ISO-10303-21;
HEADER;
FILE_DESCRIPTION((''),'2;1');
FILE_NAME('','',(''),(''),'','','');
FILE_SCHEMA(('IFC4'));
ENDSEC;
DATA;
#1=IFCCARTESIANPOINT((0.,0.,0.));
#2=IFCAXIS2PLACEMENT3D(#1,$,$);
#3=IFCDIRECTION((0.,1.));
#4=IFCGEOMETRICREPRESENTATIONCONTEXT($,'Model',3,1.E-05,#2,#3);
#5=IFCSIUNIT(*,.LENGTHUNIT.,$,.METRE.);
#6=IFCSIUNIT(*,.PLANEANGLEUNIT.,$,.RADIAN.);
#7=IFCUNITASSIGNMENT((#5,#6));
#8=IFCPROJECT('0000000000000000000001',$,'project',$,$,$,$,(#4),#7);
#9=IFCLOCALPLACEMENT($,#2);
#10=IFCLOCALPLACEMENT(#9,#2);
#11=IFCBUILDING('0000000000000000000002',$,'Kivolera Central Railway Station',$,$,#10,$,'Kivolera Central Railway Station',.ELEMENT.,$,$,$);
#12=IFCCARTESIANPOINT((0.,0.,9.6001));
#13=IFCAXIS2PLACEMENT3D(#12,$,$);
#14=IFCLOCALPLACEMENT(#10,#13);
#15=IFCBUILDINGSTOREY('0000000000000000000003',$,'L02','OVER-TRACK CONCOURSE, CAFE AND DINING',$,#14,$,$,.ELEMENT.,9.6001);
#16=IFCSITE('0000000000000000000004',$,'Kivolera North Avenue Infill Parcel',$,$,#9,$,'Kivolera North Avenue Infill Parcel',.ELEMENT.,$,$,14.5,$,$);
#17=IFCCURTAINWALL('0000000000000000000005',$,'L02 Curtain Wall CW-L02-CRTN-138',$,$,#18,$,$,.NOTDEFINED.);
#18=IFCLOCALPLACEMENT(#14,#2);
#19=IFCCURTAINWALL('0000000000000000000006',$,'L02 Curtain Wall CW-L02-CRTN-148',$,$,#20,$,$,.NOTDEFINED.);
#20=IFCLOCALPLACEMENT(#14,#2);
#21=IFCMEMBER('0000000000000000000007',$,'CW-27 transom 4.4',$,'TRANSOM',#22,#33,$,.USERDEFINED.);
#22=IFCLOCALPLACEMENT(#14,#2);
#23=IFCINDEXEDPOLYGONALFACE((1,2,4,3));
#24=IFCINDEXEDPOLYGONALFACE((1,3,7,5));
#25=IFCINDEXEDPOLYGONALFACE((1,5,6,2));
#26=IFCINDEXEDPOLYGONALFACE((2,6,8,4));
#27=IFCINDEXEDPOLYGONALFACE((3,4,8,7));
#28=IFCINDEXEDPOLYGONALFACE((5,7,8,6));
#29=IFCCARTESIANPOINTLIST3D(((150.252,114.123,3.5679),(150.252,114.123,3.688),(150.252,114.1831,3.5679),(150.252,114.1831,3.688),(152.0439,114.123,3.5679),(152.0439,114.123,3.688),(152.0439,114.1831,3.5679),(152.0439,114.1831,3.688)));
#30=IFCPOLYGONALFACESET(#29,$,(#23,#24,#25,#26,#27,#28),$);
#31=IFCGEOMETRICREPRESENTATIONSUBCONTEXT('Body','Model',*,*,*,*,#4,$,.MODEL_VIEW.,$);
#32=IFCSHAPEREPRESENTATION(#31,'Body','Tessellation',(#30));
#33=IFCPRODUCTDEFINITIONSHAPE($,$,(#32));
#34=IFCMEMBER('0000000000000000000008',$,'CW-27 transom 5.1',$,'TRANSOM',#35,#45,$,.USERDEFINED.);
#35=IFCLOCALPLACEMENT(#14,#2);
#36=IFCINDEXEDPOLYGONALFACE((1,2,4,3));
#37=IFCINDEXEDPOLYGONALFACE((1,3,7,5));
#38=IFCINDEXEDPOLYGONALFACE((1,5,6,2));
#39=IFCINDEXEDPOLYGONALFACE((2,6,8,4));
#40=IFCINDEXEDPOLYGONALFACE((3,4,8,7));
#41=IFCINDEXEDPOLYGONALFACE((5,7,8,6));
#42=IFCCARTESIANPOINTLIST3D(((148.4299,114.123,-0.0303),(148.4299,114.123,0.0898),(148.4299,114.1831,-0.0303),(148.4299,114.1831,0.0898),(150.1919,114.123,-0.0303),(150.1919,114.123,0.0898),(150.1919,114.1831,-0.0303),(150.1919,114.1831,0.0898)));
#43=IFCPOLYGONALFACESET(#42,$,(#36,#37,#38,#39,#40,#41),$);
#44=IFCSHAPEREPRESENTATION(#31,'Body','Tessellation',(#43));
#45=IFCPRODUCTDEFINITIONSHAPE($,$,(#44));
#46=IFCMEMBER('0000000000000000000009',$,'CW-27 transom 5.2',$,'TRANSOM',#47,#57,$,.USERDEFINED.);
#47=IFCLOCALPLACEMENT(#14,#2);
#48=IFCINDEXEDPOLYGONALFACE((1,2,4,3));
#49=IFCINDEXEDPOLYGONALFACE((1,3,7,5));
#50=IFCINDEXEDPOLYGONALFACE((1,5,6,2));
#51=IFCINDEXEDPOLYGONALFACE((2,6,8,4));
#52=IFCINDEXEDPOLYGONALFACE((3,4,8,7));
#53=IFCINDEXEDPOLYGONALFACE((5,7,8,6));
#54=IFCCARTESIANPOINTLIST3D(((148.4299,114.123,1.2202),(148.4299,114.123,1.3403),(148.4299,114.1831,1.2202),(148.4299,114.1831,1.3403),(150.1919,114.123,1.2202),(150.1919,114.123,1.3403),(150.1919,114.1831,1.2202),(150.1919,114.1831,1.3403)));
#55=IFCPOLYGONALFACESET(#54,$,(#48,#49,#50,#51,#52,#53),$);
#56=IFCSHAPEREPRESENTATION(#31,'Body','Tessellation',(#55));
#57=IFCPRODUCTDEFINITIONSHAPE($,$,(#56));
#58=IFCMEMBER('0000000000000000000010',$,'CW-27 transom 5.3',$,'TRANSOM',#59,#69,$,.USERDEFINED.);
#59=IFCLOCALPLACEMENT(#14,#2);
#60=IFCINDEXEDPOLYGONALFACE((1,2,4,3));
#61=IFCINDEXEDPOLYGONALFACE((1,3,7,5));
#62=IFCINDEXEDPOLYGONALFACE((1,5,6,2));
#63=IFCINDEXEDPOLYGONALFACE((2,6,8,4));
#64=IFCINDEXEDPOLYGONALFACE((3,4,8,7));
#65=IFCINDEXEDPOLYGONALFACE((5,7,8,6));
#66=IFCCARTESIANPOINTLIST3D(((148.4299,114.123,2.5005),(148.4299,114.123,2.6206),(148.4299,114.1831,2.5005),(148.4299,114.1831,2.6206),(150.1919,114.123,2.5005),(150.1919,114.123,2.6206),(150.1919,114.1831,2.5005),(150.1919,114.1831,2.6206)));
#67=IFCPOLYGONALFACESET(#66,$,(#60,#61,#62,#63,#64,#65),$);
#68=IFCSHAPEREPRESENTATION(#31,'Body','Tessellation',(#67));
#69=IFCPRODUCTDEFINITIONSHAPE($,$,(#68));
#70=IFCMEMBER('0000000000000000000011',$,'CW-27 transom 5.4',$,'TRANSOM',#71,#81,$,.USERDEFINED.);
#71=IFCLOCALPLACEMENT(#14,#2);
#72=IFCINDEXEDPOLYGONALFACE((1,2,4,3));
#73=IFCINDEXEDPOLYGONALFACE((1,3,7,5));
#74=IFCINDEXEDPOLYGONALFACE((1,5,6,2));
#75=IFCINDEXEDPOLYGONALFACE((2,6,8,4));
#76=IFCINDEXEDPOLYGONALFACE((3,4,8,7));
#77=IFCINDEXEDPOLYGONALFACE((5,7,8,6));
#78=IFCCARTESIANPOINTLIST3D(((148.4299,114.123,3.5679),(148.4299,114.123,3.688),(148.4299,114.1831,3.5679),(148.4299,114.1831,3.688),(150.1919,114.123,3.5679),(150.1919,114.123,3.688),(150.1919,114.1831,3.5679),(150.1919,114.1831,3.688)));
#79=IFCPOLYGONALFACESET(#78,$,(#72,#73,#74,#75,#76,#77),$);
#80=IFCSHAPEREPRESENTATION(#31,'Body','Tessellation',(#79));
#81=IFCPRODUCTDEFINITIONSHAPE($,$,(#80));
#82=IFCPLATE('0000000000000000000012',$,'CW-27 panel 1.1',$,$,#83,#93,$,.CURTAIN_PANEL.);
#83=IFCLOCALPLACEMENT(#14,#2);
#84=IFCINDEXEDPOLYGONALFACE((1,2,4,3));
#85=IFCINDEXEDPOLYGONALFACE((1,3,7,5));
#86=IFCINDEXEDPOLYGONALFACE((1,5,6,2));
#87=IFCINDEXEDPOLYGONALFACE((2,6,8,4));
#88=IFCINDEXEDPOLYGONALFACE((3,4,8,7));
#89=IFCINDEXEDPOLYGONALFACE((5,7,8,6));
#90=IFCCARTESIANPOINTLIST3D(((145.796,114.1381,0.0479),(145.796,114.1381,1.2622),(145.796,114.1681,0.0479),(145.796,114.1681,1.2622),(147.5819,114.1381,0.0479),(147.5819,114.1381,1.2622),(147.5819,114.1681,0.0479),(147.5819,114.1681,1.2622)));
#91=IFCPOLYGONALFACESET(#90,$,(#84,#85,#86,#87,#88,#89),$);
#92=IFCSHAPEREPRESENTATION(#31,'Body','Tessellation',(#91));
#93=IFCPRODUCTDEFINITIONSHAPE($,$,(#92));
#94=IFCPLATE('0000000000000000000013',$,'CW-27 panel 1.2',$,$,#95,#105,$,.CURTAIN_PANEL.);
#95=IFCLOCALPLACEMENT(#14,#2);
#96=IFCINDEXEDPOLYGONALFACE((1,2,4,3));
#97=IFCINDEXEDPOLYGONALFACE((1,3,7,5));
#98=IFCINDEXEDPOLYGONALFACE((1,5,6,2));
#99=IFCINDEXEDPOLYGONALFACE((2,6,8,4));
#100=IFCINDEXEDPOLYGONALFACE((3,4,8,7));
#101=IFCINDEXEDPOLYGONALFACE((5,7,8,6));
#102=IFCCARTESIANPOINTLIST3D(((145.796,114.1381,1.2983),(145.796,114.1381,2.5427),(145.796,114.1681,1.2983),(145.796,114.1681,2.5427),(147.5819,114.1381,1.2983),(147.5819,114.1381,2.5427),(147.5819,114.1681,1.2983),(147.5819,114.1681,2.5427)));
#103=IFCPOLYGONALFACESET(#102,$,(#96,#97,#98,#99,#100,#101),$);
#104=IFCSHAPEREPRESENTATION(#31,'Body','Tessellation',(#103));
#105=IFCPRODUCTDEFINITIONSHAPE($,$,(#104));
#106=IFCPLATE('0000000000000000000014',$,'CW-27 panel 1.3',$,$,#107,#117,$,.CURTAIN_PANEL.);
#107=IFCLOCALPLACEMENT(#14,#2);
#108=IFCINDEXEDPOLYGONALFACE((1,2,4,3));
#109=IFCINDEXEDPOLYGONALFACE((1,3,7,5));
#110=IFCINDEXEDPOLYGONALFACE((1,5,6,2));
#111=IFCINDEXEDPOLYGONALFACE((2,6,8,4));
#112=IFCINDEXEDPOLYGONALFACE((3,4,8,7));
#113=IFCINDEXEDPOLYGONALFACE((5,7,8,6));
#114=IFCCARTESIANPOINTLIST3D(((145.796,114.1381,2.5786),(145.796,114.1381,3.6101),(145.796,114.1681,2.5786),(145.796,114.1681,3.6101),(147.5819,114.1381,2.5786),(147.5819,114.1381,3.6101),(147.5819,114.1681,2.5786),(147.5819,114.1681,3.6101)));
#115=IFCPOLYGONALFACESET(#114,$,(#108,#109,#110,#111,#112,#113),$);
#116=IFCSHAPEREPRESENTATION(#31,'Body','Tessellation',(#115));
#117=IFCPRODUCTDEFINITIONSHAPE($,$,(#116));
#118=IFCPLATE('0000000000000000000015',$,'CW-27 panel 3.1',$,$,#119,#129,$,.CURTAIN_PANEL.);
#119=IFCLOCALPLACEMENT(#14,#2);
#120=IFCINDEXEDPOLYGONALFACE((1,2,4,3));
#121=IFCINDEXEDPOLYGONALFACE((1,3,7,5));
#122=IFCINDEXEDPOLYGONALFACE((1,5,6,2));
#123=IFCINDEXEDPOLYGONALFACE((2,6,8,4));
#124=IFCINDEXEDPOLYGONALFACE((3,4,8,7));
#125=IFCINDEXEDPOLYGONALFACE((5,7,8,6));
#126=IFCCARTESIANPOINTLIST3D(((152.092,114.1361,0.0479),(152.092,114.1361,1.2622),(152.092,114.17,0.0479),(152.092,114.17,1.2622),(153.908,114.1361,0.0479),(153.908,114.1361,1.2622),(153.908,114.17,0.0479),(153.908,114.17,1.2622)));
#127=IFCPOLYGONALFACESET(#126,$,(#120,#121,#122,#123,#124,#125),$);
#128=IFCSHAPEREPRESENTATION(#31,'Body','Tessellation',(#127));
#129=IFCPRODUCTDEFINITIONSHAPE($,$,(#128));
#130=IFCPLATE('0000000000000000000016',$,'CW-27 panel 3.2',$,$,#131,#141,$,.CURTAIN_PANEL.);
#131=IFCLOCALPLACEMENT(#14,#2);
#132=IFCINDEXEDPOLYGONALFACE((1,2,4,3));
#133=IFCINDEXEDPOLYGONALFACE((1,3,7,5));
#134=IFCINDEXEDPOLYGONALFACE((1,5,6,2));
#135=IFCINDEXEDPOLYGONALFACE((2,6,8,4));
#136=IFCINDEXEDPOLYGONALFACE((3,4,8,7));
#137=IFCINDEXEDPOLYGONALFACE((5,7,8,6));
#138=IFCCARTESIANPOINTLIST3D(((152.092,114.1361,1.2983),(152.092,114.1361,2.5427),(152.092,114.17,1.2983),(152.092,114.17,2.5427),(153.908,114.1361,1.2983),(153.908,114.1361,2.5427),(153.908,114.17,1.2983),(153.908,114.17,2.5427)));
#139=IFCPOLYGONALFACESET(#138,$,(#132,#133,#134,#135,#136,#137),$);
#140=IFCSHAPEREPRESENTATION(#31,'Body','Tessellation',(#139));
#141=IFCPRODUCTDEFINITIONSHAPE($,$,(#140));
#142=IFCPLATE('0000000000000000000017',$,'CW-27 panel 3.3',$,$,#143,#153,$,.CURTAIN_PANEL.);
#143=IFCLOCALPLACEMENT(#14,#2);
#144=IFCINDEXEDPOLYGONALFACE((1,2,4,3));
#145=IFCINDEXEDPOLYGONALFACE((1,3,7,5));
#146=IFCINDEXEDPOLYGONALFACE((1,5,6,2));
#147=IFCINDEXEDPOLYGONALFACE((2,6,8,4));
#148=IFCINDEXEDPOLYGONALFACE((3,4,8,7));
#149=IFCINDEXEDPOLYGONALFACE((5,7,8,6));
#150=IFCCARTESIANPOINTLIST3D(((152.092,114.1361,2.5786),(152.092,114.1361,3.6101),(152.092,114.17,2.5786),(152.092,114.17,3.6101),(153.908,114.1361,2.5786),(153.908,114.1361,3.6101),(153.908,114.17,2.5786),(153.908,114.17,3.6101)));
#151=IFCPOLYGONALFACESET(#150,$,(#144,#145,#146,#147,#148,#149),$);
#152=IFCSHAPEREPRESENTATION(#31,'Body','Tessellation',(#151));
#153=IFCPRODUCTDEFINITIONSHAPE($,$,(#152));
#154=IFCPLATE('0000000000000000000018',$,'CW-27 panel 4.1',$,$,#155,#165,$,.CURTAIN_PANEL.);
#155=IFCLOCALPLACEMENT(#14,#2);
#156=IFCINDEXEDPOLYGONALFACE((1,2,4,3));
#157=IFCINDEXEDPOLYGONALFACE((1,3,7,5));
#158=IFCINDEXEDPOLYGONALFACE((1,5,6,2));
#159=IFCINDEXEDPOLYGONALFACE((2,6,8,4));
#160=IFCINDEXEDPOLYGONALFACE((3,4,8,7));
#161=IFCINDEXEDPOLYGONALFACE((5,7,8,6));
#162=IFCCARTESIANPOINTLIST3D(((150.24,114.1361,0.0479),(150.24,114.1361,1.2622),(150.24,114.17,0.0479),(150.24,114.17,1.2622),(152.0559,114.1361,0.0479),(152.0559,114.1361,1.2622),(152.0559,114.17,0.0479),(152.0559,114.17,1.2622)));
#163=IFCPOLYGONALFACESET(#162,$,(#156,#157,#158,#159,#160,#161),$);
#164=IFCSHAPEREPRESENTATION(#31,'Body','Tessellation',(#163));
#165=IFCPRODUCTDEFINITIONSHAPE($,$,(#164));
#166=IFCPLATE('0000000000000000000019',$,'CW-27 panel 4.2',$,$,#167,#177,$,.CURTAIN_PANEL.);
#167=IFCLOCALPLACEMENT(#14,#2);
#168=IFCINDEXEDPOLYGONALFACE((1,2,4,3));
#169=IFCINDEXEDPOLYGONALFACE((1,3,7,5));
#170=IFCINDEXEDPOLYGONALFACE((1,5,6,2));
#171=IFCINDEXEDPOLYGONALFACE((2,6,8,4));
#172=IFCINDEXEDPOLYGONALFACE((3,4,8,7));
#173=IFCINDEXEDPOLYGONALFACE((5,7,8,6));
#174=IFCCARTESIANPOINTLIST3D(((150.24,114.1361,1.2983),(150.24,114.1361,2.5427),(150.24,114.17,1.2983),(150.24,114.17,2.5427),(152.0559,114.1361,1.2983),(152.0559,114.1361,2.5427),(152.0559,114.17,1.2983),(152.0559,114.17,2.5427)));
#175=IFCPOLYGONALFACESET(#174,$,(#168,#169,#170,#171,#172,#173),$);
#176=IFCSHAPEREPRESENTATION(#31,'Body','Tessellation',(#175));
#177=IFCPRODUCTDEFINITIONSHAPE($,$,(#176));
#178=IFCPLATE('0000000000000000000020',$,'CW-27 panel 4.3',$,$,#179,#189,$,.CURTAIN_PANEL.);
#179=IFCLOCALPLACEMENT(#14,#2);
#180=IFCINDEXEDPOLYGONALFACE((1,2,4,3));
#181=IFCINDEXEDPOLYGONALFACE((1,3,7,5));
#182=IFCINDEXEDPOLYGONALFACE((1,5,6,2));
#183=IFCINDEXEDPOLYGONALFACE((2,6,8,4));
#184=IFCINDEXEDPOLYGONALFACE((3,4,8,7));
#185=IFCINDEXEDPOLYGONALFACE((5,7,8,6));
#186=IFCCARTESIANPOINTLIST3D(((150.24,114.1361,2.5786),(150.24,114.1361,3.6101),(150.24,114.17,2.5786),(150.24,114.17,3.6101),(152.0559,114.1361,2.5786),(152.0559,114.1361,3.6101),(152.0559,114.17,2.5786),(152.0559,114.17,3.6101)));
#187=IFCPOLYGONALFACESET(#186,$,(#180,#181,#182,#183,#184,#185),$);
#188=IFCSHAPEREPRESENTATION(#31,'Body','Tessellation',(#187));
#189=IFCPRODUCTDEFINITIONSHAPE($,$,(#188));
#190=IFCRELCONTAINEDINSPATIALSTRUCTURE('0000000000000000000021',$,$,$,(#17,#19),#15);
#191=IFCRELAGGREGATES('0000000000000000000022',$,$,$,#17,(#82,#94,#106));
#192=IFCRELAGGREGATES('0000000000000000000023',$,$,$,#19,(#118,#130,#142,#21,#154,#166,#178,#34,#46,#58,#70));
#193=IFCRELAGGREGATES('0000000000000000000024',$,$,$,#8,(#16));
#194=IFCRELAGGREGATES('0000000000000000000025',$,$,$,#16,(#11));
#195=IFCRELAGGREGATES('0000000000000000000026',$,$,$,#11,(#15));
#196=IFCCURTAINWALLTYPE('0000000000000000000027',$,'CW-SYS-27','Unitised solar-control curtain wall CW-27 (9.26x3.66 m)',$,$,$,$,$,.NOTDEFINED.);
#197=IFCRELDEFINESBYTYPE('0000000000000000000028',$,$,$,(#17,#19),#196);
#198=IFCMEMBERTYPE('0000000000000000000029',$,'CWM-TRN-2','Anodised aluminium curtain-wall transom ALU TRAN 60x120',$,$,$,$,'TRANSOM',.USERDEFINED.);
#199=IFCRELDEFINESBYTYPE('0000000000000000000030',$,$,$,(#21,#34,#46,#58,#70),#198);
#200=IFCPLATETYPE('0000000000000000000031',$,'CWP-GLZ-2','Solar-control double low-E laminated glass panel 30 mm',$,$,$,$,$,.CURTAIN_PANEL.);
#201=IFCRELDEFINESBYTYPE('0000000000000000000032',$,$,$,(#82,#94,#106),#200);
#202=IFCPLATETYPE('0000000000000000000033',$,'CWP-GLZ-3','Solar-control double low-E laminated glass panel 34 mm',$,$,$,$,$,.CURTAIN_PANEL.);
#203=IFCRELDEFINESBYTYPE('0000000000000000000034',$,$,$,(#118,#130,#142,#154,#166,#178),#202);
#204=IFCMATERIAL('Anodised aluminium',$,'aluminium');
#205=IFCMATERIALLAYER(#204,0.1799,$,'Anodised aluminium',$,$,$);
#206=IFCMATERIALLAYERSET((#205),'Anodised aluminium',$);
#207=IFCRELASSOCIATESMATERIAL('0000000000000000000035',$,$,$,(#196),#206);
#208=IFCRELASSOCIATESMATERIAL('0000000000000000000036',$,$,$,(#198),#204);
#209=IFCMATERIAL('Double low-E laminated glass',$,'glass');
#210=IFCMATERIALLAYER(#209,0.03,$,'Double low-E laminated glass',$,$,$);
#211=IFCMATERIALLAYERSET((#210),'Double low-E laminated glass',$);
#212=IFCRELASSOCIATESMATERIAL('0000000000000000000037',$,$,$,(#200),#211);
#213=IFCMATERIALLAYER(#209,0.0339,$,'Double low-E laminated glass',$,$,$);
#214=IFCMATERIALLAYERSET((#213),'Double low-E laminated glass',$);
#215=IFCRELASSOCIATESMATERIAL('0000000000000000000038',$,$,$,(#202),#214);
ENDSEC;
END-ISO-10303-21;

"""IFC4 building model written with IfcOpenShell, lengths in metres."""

from ifc_helpers import new_model, si_unit, direction, frame, origin, origin_2d, place, context, subcontext, project, spatial, rectangle, extrude, material, layer, layer_set, material_profile, profile_set, type_object, element, aggregate, save


model = new_model("IFC4")

# Units and contexts
model_context = context("Model", 3, precision=1e-05, world=origin(), true_north=direction((0.0, 1.0)))
body_context = subcontext(model_context, "Body", "Model", "MODEL_VIEW")
ifc_project = project(units=[si_unit("LENGTHUNIT", "METRE"), si_unit("PLANEANGLEUNIT", "RADIAN")], contexts=[model_context])

# Site, building, storey
site_placement = place(None, origin())
site = spatial("IfcSite", under=ifc_project, at=site_placement, Name="Kivolera North Avenue Infill Parcel", LongName="Kivolera North Avenue Infill Parcel", CompositionType="ELEMENT", RefElevation=14.5)
building_placement = place(site_placement, origin())
building = spatial("IfcBuilding", under=site, at=building_placement, Name="Kivolera Central Railway Station", LongName="Kivolera Central Railway Station", CompositionType="ELEMENT")
storey_placement = place(building_placement, frame((0.0, 0.0, 9.6001)))
storey = spatial("IfcBuildingStorey", under=building, at=storey_placement, Name="L02", Description="OVER-TRACK CONCOURSE, CAFE AND DINING", CompositionType="ELEMENT", Elevation=9.6001)

# Curtain wall
ifc_material_1 = material(Name="Anodised aluminium", Category="aluminium")
ifc_layer_1 = layer(ifc_material_1, 0.1799, Name="Anodised aluminium")
ifc_layer_set_1 = layer_set([ifc_layer_1], Name="Anodised aluminium")
curtain_wall_type = type_object("IfcCurtainWallType", Name="CW-SYS-27", Description="Unitised solar-control curtain wall CW-27 (9.26x3.66 m)", PredefinedType="NOTDEFINED", material=ifc_layer_set_1)
curtain_wall_1_placement = place(storey_placement, origin())
curtain_wall_1 = element("IfcCurtainWall", 1, at=curtain_wall_1_placement, inside=storey, type_object=curtain_wall_type, Name="L02 Curtain Wall CW-L02-CRTN-138", PredefinedType="NOTDEFINED")

# Curtain wall
curtain_wall_2_placement = place(storey_placement, origin())
curtain_wall_2 = element("IfcCurtainWall", 2, at=curtain_wall_2_placement, inside=storey, type_object=curtain_wall_type, Name="L02 Curtain Wall CW-L02-CRTN-148", PredefinedType="NOTDEFINED")

# Members
ifc_material_profile_1 = material_profile(ifc_material_1, rectangle(XDim=0.0601, YDim=0.1201, at=origin_2d()), Name="ALU TRAN 60x120")
ifc_profile_set_1 = profile_set([ifc_material_profile_1], Name="Anodised aluminium")
member_type_1 = type_object("IfcMemberType", Name="CWM-TRN-2", Description="Anodised aluminium curtain-wall transom ALU TRAN 60x120", ElementType="TRANSOM", PredefinedType="USERDEFINED", material=ifc_profile_set_1)
member_1_placement = place(storey_placement, frame((152.0439, 114.1531, 3.6279), z_axis=(-1.0, 0.0, 0.0), x_axis=(0.0, -1.0, 0.0)))
member_1 = element("IfcMember", 3, at=member_1_placement, type_object=member_type_1, Name="CW-27 transom 4.4", ObjectType="TRANSOM", PredefinedType="USERDEFINED", context=body_context, shape_type="SweptSolid", body=[
    extrude(rectangle(XDim=0.0601, YDim=0.1201, at=origin_2d()), origin(), (0.0, 0.0, 1.0), 1.792),
])
member_2_placement = place(storey_placement, frame((150.1919, 114.1531, 0.0298), z_axis=(-1.0, 0.0, 0.0), x_axis=(0.0, -1.0, 0.0)))
member_2 = element("IfcMember", 4, at=member_2_placement, type_object=member_type_1, Name="CW-27 transom 5.1", ObjectType="TRANSOM", PredefinedType="USERDEFINED", context=body_context, shape_type="SweptSolid", body=[
    extrude(rectangle(XDim=0.0601, YDim=0.1201, at=origin_2d()), origin(), (0.0, 0.0, 1.0), 1.762),
])
member_3_placement = place(storey_placement, frame((150.1919, 114.1531, 1.2803), z_axis=(-1.0, 0.0, 0.0), x_axis=(0.0, -1.0, 0.0)))
member_3 = element("IfcMember", 5, at=member_3_placement, type_object=member_type_1, Name="CW-27 transom 5.2", ObjectType="TRANSOM", PredefinedType="USERDEFINED", context=body_context, shape_type="SweptSolid", body=[
    extrude(rectangle(XDim=0.0601, YDim=0.1201, at=origin_2d()), origin(), (0.0, 0.0, 1.0), 1.762),
])
member_4_placement = place(storey_placement, frame((150.1919, 114.1531, 2.5605), z_axis=(-1.0, 0.0, 0.0), x_axis=(0.0, -1.0, 0.0)))
member_4 = element("IfcMember", 6, at=member_4_placement, type_object=member_type_1, Name="CW-27 transom 5.3", ObjectType="TRANSOM", PredefinedType="USERDEFINED", context=body_context, shape_type="SweptSolid", body=[
    extrude(rectangle(XDim=0.0601, YDim=0.1201, at=origin_2d()), origin(), (0.0, 0.0, 1.0), 1.762),
])
member_5_placement = place(storey_placement, frame((150.1919, 114.1531, 3.6279), z_axis=(-1.0, 0.0, 0.0), x_axis=(0.0, -1.0, 0.0)))
member_5 = element("IfcMember", 7, at=member_5_placement, type_object=member_type_1, Name="CW-27 transom 5.4", ObjectType="TRANSOM", PredefinedType="USERDEFINED", context=body_context, shape_type="SweptSolid", body=[
    extrude(rectangle(XDim=0.0601, YDim=0.1201, at=origin_2d()), origin(), (0.0, 0.0, 1.0), 1.762),
])

# Plates
ifc_material_2 = material(Name="Double low-E laminated glass", Category="glass")
ifc_layer_2 = layer(ifc_material_2, 0.03, Name="Double low-E laminated glass")
ifc_layer_set_2 = layer_set([ifc_layer_2], Name="Double low-E laminated glass")
plate_type_1 = type_object("IfcPlateType", Name="CWP-GLZ-2", Description="Solar-control double low-E laminated glass panel 30 mm", PredefinedType="CURTAIN_PANEL", material=ifc_layer_set_2)
plate_1_placement = place(storey_placement, frame((146.689, 114.1531, 0.0479), z_axis=(0.0, 0.0, 1.0), x_axis=(-1.0, 0.0, 0.0)))
plate_1 = element("IfcPlate", 8, at=plate_1_placement, type_object=plate_type_1, Name="CW-27 panel 1.1", PredefinedType="CURTAIN_PANEL", context=body_context, shape_type="SweptSolid", body=[
    extrude(rectangle(XDim=1.7859, YDim=0.03, at=origin_2d()), origin(), (0.0, 0.0, 1.0), 1.2144),
])
plate_2_placement = place(storey_placement, frame((146.689, 114.1531, 1.2983), z_axis=(0.0, 0.0, 1.0), x_axis=(-1.0, 0.0, 0.0)))
plate_2 = element("IfcPlate", 9, at=plate_2_placement, type_object=plate_type_1, Name="CW-27 panel 1.2", PredefinedType="CURTAIN_PANEL", context=body_context, shape_type="SweptSolid", body=[
    extrude(rectangle(XDim=1.7859, YDim=0.03, at=origin_2d()), origin(), (0.0, 0.0, 1.0), 1.2444),
])
plate_3_placement = place(storey_placement, frame((146.689, 114.1531, 2.5786), z_axis=(0.0, 0.0, 1.0), x_axis=(-1.0, 0.0, 0.0)))
plate_3 = element("IfcPlate", 10, at=plate_3_placement, type_object=plate_type_1, Name="CW-27 panel 1.3", PredefinedType="CURTAIN_PANEL", context=body_context, shape_type="SweptSolid", body=[
    extrude(rectangle(XDim=1.7859, YDim=0.03, at=origin_2d()), origin(), (0.0, 0.0, 1.0), 1.0315),
])
aggregate(curtain_wall_1, [plate_1, plate_2, plate_3])
ifc_layer_3 = layer(ifc_material_2, 0.0339, Name="Double low-E laminated glass")
ifc_layer_set_3 = layer_set([ifc_layer_3], Name="Double low-E laminated glass")
plate_type_2 = type_object("IfcPlateType", Name="CWP-GLZ-3", Description="Solar-control double low-E laminated glass panel 34 mm", PredefinedType="CURTAIN_PANEL", material=ifc_layer_set_3)
plate_4_placement = place(storey_placement, frame((153.0, 114.1531, 0.0479), z_axis=(0.0, 0.0, 1.0), x_axis=(-1.0, 0.0, 0.0)))
plate_4 = element("IfcPlate", 11, at=plate_4_placement, type_object=plate_type_2, Name="CW-27 panel 3.1", PredefinedType="CURTAIN_PANEL", context=body_context, shape_type="SweptSolid", body=[
    extrude(rectangle(XDim=1.8159, YDim=0.0339, at=origin_2d()), origin(), (0.0, 0.0, 1.0), 1.2144),
])
plate_5_placement = place(storey_placement, frame((153.0, 114.1531, 1.2983), z_axis=(0.0, 0.0, 1.0), x_axis=(-1.0, 0.0, 0.0)))
plate_5 = element("IfcPlate", 12, at=plate_5_placement, type_object=plate_type_2, Name="CW-27 panel 3.2", PredefinedType="CURTAIN_PANEL", context=body_context, shape_type="SweptSolid", body=[
    extrude(rectangle(XDim=1.8159, YDim=0.0339, at=origin_2d()), origin(), (0.0, 0.0, 1.0), 1.2444),
])
plate_6_placement = place(storey_placement, frame((153.0, 114.1531, 2.5786), z_axis=(0.0, 0.0, 1.0), x_axis=(-1.0, 0.0, 0.0)))
plate_6 = element("IfcPlate", 13, at=plate_6_placement, type_object=plate_type_2, Name="CW-27 panel 3.3", PredefinedType="CURTAIN_PANEL", context=body_context, shape_type="SweptSolid", body=[
    extrude(rectangle(XDim=1.8159, YDim=0.0339, at=origin_2d()), origin(), (0.0, 0.0, 1.0), 1.0315),
])
plate_7_placement = place(storey_placement, frame((151.1479, 114.1531, 0.0479), z_axis=(0.0, 0.0, 1.0), x_axis=(-1.0, 0.0, 0.0)))
plate_7 = element("IfcPlate", 14, at=plate_7_placement, type_object=plate_type_2, Name="CW-27 panel 4.1", PredefinedType="CURTAIN_PANEL", context=body_context, shape_type="SweptSolid", body=[
    extrude(rectangle(XDim=1.8159, YDim=0.0339, at=origin_2d()), origin(), (0.0, 0.0, 1.0), 1.2144),
])
plate_8_placement = place(storey_placement, frame((151.1479, 114.1531, 1.2983), z_axis=(0.0, 0.0, 1.0), x_axis=(-1.0, 0.0, 0.0)))
plate_8 = element("IfcPlate", 15, at=plate_8_placement, type_object=plate_type_2, Name="CW-27 panel 4.2", PredefinedType="CURTAIN_PANEL", context=body_context, shape_type="SweptSolid", body=[
    extrude(rectangle(XDim=1.8159, YDim=0.0339, at=origin_2d()), origin(), (0.0, 0.0, 1.0), 1.2444),
])
plate_9_placement = place(storey_placement, frame((151.1479, 114.1531, 2.5786), z_axis=(0.0, 0.0, 1.0), x_axis=(-1.0, 0.0, 0.0)))
plate_9 = element("IfcPlate", 16, at=plate_9_placement, type_object=plate_type_2, Name="CW-27 panel 4.3", PredefinedType="CURTAIN_PANEL", context=body_context, shape_type="SweptSolid", body=[
    extrude(rectangle(XDim=1.8159, YDim=0.0339, at=origin_2d()), origin(), (0.0, 0.0, 1.0), 1.0315),
])
aggregate(curtain_wall_2, [plate_4, plate_5, plate_6, member_1, plate_7, plate_8, plate_9, member_2, member_3, member_4, member_5])

save(model, "model.ifc")
